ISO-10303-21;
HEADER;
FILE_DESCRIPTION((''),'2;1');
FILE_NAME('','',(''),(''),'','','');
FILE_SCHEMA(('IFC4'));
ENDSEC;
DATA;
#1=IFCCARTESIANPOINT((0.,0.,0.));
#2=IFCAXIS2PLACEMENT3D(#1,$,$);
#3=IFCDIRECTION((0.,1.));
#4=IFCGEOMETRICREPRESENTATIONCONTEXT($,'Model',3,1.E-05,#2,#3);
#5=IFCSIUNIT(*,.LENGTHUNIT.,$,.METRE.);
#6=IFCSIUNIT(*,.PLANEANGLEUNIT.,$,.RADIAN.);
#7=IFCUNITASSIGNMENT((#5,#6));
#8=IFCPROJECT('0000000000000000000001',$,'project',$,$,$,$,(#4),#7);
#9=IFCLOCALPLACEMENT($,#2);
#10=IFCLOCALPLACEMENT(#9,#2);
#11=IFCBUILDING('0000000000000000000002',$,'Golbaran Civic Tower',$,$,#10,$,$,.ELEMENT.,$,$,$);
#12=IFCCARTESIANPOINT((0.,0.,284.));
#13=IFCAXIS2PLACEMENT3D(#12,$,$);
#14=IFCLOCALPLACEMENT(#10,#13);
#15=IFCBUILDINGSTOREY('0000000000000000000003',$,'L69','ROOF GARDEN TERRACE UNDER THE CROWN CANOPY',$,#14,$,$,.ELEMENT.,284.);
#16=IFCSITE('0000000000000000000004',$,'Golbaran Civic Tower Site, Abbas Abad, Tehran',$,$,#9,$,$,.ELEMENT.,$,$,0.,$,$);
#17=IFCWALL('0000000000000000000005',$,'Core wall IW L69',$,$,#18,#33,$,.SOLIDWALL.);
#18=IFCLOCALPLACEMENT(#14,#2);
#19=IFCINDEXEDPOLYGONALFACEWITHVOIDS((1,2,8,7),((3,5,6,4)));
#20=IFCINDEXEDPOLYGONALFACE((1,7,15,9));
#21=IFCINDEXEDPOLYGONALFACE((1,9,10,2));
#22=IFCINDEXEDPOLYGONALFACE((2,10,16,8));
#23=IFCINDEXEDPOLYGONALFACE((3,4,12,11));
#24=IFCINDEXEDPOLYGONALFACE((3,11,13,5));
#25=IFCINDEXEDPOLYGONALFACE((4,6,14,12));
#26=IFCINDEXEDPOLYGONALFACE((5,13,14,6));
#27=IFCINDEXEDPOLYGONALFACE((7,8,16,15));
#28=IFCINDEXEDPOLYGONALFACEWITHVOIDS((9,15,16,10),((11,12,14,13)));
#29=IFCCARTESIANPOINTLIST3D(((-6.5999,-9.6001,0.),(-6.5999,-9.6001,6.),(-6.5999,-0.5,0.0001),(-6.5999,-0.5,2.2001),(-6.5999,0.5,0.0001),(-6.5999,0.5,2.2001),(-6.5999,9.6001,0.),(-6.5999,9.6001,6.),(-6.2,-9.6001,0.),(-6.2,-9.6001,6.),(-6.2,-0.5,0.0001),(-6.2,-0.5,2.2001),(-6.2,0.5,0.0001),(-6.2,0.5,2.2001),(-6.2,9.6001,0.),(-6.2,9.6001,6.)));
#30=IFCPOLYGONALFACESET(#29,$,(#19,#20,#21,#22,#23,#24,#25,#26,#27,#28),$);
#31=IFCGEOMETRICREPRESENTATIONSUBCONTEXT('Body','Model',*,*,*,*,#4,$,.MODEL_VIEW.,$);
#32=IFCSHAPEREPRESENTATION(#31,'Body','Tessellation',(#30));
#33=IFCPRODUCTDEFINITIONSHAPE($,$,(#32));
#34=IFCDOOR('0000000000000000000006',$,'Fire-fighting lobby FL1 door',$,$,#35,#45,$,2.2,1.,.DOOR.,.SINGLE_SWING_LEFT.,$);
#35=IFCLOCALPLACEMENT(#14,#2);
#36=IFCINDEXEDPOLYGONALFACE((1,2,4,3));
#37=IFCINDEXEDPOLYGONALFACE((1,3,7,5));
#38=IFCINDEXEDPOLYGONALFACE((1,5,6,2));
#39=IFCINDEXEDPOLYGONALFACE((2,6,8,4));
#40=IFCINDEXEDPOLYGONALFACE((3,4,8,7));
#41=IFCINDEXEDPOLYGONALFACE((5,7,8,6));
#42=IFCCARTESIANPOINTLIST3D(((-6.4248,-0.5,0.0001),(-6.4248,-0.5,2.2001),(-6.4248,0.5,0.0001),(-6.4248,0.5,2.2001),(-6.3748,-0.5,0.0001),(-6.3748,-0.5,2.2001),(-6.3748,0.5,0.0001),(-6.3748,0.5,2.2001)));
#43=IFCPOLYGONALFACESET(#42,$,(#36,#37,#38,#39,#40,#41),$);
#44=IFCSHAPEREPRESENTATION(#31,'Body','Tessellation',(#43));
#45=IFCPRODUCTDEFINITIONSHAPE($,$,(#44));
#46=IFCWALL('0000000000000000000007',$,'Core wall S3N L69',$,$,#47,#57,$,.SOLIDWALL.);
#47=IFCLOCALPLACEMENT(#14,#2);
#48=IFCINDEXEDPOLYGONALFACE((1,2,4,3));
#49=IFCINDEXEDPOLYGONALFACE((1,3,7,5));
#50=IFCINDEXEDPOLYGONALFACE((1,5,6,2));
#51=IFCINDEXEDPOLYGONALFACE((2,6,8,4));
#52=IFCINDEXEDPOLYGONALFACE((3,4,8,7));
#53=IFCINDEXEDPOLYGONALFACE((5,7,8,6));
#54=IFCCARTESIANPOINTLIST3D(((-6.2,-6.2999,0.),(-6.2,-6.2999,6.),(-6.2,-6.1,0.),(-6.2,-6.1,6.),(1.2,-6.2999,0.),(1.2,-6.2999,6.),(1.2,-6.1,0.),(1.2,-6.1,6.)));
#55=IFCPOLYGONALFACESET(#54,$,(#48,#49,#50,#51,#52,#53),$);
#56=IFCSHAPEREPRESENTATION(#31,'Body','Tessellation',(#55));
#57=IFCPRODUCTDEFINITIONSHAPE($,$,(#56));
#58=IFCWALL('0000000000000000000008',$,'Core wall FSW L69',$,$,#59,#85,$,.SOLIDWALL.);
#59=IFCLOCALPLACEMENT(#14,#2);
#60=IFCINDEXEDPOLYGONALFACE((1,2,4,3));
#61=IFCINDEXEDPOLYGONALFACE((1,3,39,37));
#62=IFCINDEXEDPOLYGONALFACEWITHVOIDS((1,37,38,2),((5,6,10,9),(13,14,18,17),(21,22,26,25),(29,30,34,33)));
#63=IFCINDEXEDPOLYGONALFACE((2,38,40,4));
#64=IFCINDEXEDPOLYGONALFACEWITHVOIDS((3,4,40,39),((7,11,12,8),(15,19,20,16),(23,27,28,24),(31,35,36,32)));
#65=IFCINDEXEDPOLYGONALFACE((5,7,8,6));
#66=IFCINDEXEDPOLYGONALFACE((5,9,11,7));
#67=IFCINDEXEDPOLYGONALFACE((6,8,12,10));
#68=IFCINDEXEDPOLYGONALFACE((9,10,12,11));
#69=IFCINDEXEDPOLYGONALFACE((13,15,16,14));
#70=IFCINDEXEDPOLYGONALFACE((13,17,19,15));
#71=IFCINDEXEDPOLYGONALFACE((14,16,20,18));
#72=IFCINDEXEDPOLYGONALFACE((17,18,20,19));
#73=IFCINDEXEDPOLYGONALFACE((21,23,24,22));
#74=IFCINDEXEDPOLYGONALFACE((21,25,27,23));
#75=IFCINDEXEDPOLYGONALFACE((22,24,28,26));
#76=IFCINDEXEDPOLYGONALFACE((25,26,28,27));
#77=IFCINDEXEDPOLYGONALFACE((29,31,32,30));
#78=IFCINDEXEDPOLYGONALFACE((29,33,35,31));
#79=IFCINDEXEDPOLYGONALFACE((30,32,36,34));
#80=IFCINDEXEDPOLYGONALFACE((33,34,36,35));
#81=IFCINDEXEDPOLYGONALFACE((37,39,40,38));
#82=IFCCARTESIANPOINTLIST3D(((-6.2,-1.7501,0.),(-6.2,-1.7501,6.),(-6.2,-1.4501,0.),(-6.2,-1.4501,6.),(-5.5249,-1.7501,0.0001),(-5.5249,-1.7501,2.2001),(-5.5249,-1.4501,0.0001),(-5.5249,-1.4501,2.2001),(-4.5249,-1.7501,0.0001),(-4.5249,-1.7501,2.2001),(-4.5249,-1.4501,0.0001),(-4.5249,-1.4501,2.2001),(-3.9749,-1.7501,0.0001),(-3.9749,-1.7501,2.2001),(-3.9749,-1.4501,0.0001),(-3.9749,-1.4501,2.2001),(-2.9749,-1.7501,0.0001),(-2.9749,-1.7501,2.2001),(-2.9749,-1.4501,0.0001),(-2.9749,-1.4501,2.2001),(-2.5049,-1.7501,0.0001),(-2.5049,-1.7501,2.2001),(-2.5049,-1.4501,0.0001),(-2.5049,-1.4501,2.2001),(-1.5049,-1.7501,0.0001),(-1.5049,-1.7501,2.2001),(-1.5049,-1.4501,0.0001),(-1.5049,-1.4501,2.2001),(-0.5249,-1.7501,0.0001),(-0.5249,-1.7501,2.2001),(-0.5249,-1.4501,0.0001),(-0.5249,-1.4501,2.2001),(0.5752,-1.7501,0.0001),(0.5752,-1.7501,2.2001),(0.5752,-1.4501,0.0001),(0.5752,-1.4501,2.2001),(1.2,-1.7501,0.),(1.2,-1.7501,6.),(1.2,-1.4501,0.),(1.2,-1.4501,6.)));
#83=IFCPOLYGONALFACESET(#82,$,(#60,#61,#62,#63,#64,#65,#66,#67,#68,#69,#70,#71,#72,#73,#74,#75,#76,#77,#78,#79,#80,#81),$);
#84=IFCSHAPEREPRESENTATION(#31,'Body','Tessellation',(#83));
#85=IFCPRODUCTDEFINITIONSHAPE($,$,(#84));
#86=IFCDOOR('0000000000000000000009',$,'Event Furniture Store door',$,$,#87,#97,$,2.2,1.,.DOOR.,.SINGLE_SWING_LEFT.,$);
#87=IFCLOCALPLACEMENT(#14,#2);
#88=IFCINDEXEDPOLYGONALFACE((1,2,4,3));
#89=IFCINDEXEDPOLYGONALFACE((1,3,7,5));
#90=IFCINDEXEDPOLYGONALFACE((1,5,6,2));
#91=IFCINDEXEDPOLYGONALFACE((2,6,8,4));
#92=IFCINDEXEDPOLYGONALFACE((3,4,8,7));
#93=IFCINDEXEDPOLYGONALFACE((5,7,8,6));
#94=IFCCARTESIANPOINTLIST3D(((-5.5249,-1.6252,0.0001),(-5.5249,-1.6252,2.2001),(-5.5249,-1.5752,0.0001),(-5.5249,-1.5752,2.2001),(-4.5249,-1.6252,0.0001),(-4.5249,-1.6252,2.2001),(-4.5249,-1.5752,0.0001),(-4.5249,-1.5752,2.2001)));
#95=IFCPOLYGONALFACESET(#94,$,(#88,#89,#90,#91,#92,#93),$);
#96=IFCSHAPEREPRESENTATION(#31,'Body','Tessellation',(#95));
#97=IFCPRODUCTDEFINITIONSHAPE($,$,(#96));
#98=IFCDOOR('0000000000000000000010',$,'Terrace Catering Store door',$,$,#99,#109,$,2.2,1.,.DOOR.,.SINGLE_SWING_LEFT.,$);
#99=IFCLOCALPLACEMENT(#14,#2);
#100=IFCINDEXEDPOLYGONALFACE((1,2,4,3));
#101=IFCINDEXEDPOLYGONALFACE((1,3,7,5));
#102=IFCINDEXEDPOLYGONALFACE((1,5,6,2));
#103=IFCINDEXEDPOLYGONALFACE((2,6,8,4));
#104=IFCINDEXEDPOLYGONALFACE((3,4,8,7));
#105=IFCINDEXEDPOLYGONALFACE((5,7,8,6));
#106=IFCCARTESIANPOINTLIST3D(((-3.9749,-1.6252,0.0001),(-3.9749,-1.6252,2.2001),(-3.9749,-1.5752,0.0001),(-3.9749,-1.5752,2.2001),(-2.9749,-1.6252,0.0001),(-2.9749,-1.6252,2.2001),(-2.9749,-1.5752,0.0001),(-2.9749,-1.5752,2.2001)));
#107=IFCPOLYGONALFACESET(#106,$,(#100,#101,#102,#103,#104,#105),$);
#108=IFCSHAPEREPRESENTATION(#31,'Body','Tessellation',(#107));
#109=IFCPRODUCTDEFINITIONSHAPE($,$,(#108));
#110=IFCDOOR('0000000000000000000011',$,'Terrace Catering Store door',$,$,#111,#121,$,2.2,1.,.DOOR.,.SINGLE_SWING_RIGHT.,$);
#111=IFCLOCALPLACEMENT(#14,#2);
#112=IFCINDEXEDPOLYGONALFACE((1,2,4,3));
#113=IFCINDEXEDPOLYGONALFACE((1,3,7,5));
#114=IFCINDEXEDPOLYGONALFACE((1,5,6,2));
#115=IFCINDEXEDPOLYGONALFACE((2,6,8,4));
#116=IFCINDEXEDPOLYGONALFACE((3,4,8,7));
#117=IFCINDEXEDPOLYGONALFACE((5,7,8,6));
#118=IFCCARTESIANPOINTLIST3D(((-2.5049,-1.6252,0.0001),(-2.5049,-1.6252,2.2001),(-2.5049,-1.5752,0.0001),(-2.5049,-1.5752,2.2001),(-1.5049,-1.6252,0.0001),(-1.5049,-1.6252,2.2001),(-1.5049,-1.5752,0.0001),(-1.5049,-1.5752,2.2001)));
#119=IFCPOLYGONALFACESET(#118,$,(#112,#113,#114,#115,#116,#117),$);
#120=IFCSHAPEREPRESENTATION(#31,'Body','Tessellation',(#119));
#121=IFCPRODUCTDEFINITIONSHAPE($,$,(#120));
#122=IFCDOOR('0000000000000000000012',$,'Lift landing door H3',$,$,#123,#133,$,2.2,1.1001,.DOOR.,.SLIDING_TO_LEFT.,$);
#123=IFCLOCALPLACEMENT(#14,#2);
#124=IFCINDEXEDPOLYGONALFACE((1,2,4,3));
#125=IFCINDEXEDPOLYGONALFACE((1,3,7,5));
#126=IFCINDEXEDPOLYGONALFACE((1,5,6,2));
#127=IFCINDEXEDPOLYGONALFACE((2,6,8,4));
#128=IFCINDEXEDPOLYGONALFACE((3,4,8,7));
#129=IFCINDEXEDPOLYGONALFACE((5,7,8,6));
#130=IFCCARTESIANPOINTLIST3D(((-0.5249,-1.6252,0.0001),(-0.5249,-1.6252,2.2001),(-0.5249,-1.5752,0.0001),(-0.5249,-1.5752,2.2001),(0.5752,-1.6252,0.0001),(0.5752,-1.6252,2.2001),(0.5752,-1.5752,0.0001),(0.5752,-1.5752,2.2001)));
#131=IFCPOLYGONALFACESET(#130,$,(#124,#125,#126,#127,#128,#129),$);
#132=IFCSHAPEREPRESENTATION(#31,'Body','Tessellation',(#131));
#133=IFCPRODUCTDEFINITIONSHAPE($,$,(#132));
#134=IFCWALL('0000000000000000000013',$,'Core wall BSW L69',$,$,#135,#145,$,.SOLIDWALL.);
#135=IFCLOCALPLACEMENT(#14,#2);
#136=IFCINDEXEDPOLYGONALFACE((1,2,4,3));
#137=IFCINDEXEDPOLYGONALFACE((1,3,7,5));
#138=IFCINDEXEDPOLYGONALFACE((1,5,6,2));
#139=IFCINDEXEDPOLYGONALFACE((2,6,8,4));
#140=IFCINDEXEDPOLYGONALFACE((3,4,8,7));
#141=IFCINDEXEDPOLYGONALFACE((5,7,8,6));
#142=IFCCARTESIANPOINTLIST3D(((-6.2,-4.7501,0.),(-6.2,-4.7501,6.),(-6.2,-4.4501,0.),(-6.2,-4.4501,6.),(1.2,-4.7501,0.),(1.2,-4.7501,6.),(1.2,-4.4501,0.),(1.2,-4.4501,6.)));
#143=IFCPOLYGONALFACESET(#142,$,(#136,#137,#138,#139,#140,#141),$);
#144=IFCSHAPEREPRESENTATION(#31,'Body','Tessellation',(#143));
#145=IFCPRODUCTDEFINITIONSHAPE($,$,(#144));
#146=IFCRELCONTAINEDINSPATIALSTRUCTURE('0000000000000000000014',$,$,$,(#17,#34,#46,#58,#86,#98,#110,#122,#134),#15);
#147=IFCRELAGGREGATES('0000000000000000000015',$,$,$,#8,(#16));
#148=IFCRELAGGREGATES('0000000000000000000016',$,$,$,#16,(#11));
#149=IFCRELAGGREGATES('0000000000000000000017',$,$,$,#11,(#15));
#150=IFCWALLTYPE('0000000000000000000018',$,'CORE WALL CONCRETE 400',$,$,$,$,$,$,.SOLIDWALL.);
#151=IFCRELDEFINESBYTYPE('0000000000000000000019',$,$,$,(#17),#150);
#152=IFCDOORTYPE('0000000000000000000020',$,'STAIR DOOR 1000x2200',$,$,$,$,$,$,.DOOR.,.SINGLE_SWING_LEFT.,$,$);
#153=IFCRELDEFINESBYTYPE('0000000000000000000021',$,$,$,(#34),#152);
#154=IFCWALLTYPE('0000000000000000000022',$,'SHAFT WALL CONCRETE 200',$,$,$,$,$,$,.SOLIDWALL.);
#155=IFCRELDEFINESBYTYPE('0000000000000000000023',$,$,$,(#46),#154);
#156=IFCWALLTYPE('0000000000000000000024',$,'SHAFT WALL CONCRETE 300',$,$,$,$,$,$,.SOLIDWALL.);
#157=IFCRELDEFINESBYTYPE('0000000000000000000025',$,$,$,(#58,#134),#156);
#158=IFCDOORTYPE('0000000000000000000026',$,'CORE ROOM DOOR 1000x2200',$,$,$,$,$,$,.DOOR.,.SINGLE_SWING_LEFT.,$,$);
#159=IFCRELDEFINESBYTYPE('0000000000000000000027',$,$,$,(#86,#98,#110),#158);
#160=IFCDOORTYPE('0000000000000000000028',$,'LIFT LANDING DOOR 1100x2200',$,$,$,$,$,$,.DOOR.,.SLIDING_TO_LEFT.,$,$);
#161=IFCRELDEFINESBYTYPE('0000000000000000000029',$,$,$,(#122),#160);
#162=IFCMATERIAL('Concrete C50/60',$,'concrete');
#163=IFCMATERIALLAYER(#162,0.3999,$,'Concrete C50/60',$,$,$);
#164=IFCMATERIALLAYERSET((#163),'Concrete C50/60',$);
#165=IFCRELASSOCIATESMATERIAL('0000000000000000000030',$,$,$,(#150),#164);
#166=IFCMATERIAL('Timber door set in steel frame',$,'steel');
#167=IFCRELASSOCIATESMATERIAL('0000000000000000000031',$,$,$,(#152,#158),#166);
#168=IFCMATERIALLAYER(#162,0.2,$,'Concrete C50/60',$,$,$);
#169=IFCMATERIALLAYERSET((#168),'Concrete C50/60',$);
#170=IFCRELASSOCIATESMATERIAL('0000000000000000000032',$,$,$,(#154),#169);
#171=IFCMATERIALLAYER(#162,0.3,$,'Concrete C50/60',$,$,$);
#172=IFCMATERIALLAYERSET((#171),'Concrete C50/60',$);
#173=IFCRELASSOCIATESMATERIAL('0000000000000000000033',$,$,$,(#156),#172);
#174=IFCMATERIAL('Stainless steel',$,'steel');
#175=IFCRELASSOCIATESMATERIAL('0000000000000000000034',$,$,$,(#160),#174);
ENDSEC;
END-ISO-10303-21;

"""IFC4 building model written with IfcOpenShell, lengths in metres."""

from ifc_helpers import new_model, si_unit, direction, frame, frame_2d, origin, place, context, subcontext, project, spatial, rectangle, extrude, material, layer, layer_set, type_object, element, fill, save


model = new_model("IFC4")

# Units and contexts
model_context = context("Model", 3, precision=1e-05, world=origin(), true_north=direction((0.0, 1.0)))
body_context = subcontext(model_context, "Body", "Model", "MODEL_VIEW")
ifc_project = project(units=[si_unit("LENGTHUNIT", "METRE"), si_unit("PLANEANGLEUNIT", "RADIAN")], contexts=[model_context])

# Site, building, storey
site_placement = place(None, origin())
site = spatial("IfcSite", under=ifc_project, at=site_placement, Name="Golbaran Civic Tower Site, Abbas Abad, Tehran", CompositionType="ELEMENT", RefElevation=0.0)
building_placement = place(site_placement, origin())
building = spatial("IfcBuilding", under=site, at=building_placement, Name="Golbaran Civic Tower", CompositionType="ELEMENT")
storey_placement = place(building_placement, frame((0.0, 0.0, 284.0)))
storey = spatial("IfcBuildingStorey", under=building, at=storey_placement, Name="L69", Description="ROOF GARDEN TERRACE UNDER THE CROWN CANOPY", CompositionType="ELEMENT", Elevation=284.0)

# Wall, opening, door
ifc_material_1 = material(Name="Concrete C50/60", Category="concrete")
ifc_layer_1 = layer(ifc_material_1, 0.3999, Name="Concrete C50/60")
ifc_layer_set_1 = layer_set([ifc_layer_1], Name="Concrete C50/60")
wall_type_1 = type_object("IfcWallType", Name="CORE WALL CONCRETE 400", PredefinedType="SOLIDWALL", material=ifc_layer_set_1)
wall_1_placement = place(storey_placement, frame((-6.3999, -9.6001, 0.0), z_axis=(0.0, 0.0, 1.0), x_axis=(0.0, 1.0, 0.0)))
wall_1 = element("IfcWall", 1, at=wall_1_placement, inside=storey, type_object=wall_type_1, Name="Core wall IW L69", PredefinedType="SOLIDWALL", context=body_context, shape_type="SweptSolid", body=[
    extrude(rectangle(XDim=19.2002, YDim=0.3999, at=frame_2d((9.6001, 0.0))), origin(), (0.0, 0.0, 1.0), 6.0),
])
opening_1_placement = place(wall_1_placement, frame((9.1001, 0.0, 0.0)))
opening_1 = element("IfcOpeningElement", 2, at=opening_1_placement, cuts=wall_1, PredefinedType="OPENING", context=body_context, shape_type="SweptSolid", body=[
    extrude(rectangle(XDim=1.0, YDim=2.2, at=frame_2d((0.5, 1.1001))), frame((0.0, 0.21, 0.0), z_axis=(0.0, -1.0, 0.0), x_axis=(1.0, 0.0, 0.0)), (0.0, 0.0, 1.0), 0.4199),
])
ifc_material_2 = material(Name="Timber door set in steel frame", Category="steel")
door_type_1 = type_object("IfcDoorType", Name="STAIR DOOR 1000x2200", OperationType="SINGLE_SWING_LEFT", PredefinedType="DOOR", material=ifc_material_2)
door_1_placement = place(opening_1_placement, origin())
door_1 = element("IfcDoor", 3, at=door_1_placement, inside=storey, type_object=door_type_1, Name="Fire-fighting lobby FL1 door", OperationType="SINGLE_SWING_LEFT", OverallHeight=2.2, OverallWidth=1.0, PredefinedType="DOOR", context=body_context, shape_type="SweptSolid", body=[
    extrude(rectangle(XDim=1.0, YDim=2.2, at=frame_2d((0.5, 1.1001))), frame((0.0, 0.0249, 0.0), z_axis=(0.0, -1.0, 0.0), x_axis=(1.0, 0.0, 0.0)), (0.0, 0.0, 1.0), 0.05),
])
fill(opening_1, door_1)

# Wall
ifc_layer_2 = layer(ifc_material_1, 0.2, Name="Concrete C50/60")
ifc_layer_set_2 = layer_set([ifc_layer_2], Name="Concrete C50/60")
wall_type_2 = type_object("IfcWallType", Name="SHAFT WALL CONCRETE 200", PredefinedType="SOLIDWALL", material=ifc_layer_set_2)
wall_2_placement = place(storey_placement, frame((-6.2, -6.2, 0.0), z_axis=(0.0, 0.0, 1.0), x_axis=(1.0, 0.0, 0.0)))
element("IfcWall", 4, at=wall_2_placement, inside=storey, type_object=wall_type_2, Name="Core wall S3N L69", PredefinedType="SOLIDWALL", context=body_context, shape_type="SweptSolid", body=[
    extrude(rectangle(XDim=7.3999, YDim=0.2, at=frame_2d((3.7, 0.0))), origin(), (0.0, 0.0, 1.0), 6.0),
])

# Wall, openings, doors
ifc_layer_3 = layer(ifc_material_1, 0.3, Name="Concrete C50/60")
ifc_layer_set_3 = layer_set([ifc_layer_3], Name="Concrete C50/60")
wall_type_3 = type_object("IfcWallType", Name="SHAFT WALL CONCRETE 300", PredefinedType="SOLIDWALL", material=ifc_layer_set_3)
wall_3_placement = place(storey_placement, frame((-6.2, -1.6001, 0.0), z_axis=(0.0, 0.0, 1.0), x_axis=(1.0, 0.0, 0.0)))
wall_3 = element("IfcWall", 5, at=wall_3_placement, inside=storey, type_object=wall_type_3, Name="Core wall FSW L69", PredefinedType="SOLIDWALL", context=body_context, shape_type="SweptSolid", body=[
    extrude(rectangle(XDim=7.3999, YDim=0.3, at=frame_2d((3.7, 0.0))), origin(), (0.0, 0.0, 1.0), 6.0),
])
opening_2_placement = place(wall_3_placement, frame((0.675, 0.0, 0.0)))
opening_2 = element("IfcOpeningElement", 6, at=opening_2_placement, cuts=wall_3, PredefinedType="OPENING", context=body_context, shape_type="SweptSolid", body=[
    extrude(rectangle(XDim=1.0, YDim=2.2, at=frame_2d((0.5, 1.1001))), frame((0.0, 0.1599, 0.0), z_axis=(0.0, -1.0, 0.0), x_axis=(1.0, 0.0, 0.0)), (0.0, 0.0, 1.0), 0.3201),
])
opening_3_placement = place(wall_3_placement, frame((2.2251, 0.0, 0.0)))
opening_3 = element("IfcOpeningElement", 7, at=opening_3_placement, cuts=wall_3, PredefinedType="OPENING", context=body_context, shape_type="SweptSolid", body=[
    extrude(rectangle(XDim=1.0, YDim=2.2, at=frame_2d((0.5, 1.1001))), frame((0.0, 0.1599, 0.0), z_axis=(0.0, -1.0, 0.0), x_axis=(1.0, 0.0, 0.0)), (0.0, 0.0, 1.0), 0.3201),
])
opening_4_placement = place(wall_3_placement, frame((3.6951, 0.0, 0.0)))
opening_4 = element("IfcOpeningElement", 8, at=opening_4_placement, cuts=wall_3, PredefinedType="OPENING", context=body_context, shape_type="SweptSolid", body=[
    extrude(rectangle(XDim=1.0, YDim=2.2, at=frame_2d((0.5, 1.1001))), frame((0.0, 0.1599, 0.0), z_axis=(0.0, -1.0, 0.0), x_axis=(1.0, 0.0, 0.0)), (0.0, 0.0, 1.0), 0.3201),
])
opening_5_placement = place(wall_3_placement, frame((5.675, 0.0, 0.0)))
opening_5 = element("IfcOpeningElement", 9, at=opening_5_placement, cuts=wall_3, PredefinedType="OPENING", context=body_context, shape_type="SweptSolid", body=[
    extrude(rectangle(XDim=1.1001, YDim=2.2, at=frame_2d((0.55, 1.1001))), frame((0.0, 0.1599, 0.0), z_axis=(0.0, -1.0, 0.0), x_axis=(1.0, 0.0, 0.0)), (0.0, 0.0, 1.0), 0.3201),
])
door_type_2 = type_object("IfcDoorType", Name="CORE ROOM DOOR 1000x2200", OperationType="SINGLE_SWING_LEFT", PredefinedType="DOOR", material=ifc_material_2)
door_2_placement = place(opening_2_placement, origin())
door_2 = element("IfcDoor", 10, at=door_2_placement, inside=storey, type_object=door_type_2, Name="Event Furniture Store door", OperationType="SINGLE_SWING_LEFT", OverallHeight=2.2, OverallWidth=1.0, PredefinedType="DOOR", context=body_context, shape_type="SweptSolid", body=[
    extrude(rectangle(XDim=1.0, YDim=2.2, at=frame_2d((0.5, 1.1001))), frame((0.0, 0.0249, 0.0), z_axis=(0.0, -1.0, 0.0), x_axis=(1.0, 0.0, 0.0)), (0.0, 0.0, 1.0), 0.05),
])
fill(opening_2, door_2)
door_3_placement = place(opening_3_placement, origin())
door_3 = element("IfcDoor", 11, at=door_3_placement, inside=storey, type_object=door_type_2, Name="Terrace Catering Store door", OperationType="SINGLE_SWING_LEFT", OverallHeight=2.2, OverallWidth=1.0, PredefinedType="DOOR", context=body_context, shape_type="SweptSolid", body=[
    extrude(rectangle(XDim=1.0, YDim=2.2, at=frame_2d((0.5, 1.1001))), frame((0.0, 0.0249, 0.0), z_axis=(0.0, -1.0, 0.0), x_axis=(1.0, 0.0, 0.0)), (0.0, 0.0, 1.0), 0.05),
])
fill(opening_3, door_3)
door_4_placement = place(opening_4_placement, origin())
door_4 = element("IfcDoor", 12, at=door_4_placement, inside=storey, type_object=door_type_2, Name="Terrace Catering Store door", OperationType="SINGLE_SWING_RIGHT", OverallHeight=2.2, OverallWidth=1.0, PredefinedType="DOOR", context=body_context, shape_type="SweptSolid", body=[
    extrude(rectangle(XDim=1.0, YDim=2.2, at=frame_2d((0.5, 1.1001))), frame((0.0, 0.0249, 0.0), z_axis=(0.0, -1.0, 0.0), x_axis=(1.0, 0.0, 0.0)), (0.0, 0.0, 1.0), 0.05),
])
fill(opening_4, door_4)
ifc_material_3 = material(Name="Stainless steel", Category="steel")
door_type_3 = type_object("IfcDoorType", Name="LIFT LANDING DOOR 1100x2200", OperationType="SLIDING_TO_LEFT", PredefinedType="DOOR", material=ifc_material_3)
door_5_placement = place(opening_5_placement, origin())
door_5 = element("IfcDoor", 13, at=door_5_placement, inside=storey, type_object=door_type_3, Name="Lift landing door H3", OperationType="SLIDING_TO_LEFT", OverallHeight=2.2, OverallWidth=1.1001, PredefinedType="DOOR", context=body_context, shape_type="SweptSolid", body=[
    extrude(rectangle(XDim=1.1001, YDim=2.2, at=frame_2d((0.55, 1.1001))), frame((0.0, 0.0249, 0.0), z_axis=(0.0, -1.0, 0.0), x_axis=(1.0, 0.0, 0.0)), (0.0, 0.0, 1.0), 0.05),
])
fill(opening_5, door_5)

# Wall
wall_4_placement = place(storey_placement, frame((-6.2, -4.6001, 0.0), z_axis=(0.0, 0.0, 1.0), x_axis=(1.0, 0.0, 0.0)))
element("IfcWall", 14, at=wall_4_placement, inside=storey, type_object=wall_type_3, Name="Core wall BSW L69", PredefinedType="SOLIDWALL", context=body_context, shape_type="SweptSolid", body=[
    extrude(rectangle(XDim=7.3999, YDim=0.3, at=frame_2d((3.7, 0.0))), origin(), (0.0, 0.0, 1.0), 6.0),
])

save(model, "model.ifc")
